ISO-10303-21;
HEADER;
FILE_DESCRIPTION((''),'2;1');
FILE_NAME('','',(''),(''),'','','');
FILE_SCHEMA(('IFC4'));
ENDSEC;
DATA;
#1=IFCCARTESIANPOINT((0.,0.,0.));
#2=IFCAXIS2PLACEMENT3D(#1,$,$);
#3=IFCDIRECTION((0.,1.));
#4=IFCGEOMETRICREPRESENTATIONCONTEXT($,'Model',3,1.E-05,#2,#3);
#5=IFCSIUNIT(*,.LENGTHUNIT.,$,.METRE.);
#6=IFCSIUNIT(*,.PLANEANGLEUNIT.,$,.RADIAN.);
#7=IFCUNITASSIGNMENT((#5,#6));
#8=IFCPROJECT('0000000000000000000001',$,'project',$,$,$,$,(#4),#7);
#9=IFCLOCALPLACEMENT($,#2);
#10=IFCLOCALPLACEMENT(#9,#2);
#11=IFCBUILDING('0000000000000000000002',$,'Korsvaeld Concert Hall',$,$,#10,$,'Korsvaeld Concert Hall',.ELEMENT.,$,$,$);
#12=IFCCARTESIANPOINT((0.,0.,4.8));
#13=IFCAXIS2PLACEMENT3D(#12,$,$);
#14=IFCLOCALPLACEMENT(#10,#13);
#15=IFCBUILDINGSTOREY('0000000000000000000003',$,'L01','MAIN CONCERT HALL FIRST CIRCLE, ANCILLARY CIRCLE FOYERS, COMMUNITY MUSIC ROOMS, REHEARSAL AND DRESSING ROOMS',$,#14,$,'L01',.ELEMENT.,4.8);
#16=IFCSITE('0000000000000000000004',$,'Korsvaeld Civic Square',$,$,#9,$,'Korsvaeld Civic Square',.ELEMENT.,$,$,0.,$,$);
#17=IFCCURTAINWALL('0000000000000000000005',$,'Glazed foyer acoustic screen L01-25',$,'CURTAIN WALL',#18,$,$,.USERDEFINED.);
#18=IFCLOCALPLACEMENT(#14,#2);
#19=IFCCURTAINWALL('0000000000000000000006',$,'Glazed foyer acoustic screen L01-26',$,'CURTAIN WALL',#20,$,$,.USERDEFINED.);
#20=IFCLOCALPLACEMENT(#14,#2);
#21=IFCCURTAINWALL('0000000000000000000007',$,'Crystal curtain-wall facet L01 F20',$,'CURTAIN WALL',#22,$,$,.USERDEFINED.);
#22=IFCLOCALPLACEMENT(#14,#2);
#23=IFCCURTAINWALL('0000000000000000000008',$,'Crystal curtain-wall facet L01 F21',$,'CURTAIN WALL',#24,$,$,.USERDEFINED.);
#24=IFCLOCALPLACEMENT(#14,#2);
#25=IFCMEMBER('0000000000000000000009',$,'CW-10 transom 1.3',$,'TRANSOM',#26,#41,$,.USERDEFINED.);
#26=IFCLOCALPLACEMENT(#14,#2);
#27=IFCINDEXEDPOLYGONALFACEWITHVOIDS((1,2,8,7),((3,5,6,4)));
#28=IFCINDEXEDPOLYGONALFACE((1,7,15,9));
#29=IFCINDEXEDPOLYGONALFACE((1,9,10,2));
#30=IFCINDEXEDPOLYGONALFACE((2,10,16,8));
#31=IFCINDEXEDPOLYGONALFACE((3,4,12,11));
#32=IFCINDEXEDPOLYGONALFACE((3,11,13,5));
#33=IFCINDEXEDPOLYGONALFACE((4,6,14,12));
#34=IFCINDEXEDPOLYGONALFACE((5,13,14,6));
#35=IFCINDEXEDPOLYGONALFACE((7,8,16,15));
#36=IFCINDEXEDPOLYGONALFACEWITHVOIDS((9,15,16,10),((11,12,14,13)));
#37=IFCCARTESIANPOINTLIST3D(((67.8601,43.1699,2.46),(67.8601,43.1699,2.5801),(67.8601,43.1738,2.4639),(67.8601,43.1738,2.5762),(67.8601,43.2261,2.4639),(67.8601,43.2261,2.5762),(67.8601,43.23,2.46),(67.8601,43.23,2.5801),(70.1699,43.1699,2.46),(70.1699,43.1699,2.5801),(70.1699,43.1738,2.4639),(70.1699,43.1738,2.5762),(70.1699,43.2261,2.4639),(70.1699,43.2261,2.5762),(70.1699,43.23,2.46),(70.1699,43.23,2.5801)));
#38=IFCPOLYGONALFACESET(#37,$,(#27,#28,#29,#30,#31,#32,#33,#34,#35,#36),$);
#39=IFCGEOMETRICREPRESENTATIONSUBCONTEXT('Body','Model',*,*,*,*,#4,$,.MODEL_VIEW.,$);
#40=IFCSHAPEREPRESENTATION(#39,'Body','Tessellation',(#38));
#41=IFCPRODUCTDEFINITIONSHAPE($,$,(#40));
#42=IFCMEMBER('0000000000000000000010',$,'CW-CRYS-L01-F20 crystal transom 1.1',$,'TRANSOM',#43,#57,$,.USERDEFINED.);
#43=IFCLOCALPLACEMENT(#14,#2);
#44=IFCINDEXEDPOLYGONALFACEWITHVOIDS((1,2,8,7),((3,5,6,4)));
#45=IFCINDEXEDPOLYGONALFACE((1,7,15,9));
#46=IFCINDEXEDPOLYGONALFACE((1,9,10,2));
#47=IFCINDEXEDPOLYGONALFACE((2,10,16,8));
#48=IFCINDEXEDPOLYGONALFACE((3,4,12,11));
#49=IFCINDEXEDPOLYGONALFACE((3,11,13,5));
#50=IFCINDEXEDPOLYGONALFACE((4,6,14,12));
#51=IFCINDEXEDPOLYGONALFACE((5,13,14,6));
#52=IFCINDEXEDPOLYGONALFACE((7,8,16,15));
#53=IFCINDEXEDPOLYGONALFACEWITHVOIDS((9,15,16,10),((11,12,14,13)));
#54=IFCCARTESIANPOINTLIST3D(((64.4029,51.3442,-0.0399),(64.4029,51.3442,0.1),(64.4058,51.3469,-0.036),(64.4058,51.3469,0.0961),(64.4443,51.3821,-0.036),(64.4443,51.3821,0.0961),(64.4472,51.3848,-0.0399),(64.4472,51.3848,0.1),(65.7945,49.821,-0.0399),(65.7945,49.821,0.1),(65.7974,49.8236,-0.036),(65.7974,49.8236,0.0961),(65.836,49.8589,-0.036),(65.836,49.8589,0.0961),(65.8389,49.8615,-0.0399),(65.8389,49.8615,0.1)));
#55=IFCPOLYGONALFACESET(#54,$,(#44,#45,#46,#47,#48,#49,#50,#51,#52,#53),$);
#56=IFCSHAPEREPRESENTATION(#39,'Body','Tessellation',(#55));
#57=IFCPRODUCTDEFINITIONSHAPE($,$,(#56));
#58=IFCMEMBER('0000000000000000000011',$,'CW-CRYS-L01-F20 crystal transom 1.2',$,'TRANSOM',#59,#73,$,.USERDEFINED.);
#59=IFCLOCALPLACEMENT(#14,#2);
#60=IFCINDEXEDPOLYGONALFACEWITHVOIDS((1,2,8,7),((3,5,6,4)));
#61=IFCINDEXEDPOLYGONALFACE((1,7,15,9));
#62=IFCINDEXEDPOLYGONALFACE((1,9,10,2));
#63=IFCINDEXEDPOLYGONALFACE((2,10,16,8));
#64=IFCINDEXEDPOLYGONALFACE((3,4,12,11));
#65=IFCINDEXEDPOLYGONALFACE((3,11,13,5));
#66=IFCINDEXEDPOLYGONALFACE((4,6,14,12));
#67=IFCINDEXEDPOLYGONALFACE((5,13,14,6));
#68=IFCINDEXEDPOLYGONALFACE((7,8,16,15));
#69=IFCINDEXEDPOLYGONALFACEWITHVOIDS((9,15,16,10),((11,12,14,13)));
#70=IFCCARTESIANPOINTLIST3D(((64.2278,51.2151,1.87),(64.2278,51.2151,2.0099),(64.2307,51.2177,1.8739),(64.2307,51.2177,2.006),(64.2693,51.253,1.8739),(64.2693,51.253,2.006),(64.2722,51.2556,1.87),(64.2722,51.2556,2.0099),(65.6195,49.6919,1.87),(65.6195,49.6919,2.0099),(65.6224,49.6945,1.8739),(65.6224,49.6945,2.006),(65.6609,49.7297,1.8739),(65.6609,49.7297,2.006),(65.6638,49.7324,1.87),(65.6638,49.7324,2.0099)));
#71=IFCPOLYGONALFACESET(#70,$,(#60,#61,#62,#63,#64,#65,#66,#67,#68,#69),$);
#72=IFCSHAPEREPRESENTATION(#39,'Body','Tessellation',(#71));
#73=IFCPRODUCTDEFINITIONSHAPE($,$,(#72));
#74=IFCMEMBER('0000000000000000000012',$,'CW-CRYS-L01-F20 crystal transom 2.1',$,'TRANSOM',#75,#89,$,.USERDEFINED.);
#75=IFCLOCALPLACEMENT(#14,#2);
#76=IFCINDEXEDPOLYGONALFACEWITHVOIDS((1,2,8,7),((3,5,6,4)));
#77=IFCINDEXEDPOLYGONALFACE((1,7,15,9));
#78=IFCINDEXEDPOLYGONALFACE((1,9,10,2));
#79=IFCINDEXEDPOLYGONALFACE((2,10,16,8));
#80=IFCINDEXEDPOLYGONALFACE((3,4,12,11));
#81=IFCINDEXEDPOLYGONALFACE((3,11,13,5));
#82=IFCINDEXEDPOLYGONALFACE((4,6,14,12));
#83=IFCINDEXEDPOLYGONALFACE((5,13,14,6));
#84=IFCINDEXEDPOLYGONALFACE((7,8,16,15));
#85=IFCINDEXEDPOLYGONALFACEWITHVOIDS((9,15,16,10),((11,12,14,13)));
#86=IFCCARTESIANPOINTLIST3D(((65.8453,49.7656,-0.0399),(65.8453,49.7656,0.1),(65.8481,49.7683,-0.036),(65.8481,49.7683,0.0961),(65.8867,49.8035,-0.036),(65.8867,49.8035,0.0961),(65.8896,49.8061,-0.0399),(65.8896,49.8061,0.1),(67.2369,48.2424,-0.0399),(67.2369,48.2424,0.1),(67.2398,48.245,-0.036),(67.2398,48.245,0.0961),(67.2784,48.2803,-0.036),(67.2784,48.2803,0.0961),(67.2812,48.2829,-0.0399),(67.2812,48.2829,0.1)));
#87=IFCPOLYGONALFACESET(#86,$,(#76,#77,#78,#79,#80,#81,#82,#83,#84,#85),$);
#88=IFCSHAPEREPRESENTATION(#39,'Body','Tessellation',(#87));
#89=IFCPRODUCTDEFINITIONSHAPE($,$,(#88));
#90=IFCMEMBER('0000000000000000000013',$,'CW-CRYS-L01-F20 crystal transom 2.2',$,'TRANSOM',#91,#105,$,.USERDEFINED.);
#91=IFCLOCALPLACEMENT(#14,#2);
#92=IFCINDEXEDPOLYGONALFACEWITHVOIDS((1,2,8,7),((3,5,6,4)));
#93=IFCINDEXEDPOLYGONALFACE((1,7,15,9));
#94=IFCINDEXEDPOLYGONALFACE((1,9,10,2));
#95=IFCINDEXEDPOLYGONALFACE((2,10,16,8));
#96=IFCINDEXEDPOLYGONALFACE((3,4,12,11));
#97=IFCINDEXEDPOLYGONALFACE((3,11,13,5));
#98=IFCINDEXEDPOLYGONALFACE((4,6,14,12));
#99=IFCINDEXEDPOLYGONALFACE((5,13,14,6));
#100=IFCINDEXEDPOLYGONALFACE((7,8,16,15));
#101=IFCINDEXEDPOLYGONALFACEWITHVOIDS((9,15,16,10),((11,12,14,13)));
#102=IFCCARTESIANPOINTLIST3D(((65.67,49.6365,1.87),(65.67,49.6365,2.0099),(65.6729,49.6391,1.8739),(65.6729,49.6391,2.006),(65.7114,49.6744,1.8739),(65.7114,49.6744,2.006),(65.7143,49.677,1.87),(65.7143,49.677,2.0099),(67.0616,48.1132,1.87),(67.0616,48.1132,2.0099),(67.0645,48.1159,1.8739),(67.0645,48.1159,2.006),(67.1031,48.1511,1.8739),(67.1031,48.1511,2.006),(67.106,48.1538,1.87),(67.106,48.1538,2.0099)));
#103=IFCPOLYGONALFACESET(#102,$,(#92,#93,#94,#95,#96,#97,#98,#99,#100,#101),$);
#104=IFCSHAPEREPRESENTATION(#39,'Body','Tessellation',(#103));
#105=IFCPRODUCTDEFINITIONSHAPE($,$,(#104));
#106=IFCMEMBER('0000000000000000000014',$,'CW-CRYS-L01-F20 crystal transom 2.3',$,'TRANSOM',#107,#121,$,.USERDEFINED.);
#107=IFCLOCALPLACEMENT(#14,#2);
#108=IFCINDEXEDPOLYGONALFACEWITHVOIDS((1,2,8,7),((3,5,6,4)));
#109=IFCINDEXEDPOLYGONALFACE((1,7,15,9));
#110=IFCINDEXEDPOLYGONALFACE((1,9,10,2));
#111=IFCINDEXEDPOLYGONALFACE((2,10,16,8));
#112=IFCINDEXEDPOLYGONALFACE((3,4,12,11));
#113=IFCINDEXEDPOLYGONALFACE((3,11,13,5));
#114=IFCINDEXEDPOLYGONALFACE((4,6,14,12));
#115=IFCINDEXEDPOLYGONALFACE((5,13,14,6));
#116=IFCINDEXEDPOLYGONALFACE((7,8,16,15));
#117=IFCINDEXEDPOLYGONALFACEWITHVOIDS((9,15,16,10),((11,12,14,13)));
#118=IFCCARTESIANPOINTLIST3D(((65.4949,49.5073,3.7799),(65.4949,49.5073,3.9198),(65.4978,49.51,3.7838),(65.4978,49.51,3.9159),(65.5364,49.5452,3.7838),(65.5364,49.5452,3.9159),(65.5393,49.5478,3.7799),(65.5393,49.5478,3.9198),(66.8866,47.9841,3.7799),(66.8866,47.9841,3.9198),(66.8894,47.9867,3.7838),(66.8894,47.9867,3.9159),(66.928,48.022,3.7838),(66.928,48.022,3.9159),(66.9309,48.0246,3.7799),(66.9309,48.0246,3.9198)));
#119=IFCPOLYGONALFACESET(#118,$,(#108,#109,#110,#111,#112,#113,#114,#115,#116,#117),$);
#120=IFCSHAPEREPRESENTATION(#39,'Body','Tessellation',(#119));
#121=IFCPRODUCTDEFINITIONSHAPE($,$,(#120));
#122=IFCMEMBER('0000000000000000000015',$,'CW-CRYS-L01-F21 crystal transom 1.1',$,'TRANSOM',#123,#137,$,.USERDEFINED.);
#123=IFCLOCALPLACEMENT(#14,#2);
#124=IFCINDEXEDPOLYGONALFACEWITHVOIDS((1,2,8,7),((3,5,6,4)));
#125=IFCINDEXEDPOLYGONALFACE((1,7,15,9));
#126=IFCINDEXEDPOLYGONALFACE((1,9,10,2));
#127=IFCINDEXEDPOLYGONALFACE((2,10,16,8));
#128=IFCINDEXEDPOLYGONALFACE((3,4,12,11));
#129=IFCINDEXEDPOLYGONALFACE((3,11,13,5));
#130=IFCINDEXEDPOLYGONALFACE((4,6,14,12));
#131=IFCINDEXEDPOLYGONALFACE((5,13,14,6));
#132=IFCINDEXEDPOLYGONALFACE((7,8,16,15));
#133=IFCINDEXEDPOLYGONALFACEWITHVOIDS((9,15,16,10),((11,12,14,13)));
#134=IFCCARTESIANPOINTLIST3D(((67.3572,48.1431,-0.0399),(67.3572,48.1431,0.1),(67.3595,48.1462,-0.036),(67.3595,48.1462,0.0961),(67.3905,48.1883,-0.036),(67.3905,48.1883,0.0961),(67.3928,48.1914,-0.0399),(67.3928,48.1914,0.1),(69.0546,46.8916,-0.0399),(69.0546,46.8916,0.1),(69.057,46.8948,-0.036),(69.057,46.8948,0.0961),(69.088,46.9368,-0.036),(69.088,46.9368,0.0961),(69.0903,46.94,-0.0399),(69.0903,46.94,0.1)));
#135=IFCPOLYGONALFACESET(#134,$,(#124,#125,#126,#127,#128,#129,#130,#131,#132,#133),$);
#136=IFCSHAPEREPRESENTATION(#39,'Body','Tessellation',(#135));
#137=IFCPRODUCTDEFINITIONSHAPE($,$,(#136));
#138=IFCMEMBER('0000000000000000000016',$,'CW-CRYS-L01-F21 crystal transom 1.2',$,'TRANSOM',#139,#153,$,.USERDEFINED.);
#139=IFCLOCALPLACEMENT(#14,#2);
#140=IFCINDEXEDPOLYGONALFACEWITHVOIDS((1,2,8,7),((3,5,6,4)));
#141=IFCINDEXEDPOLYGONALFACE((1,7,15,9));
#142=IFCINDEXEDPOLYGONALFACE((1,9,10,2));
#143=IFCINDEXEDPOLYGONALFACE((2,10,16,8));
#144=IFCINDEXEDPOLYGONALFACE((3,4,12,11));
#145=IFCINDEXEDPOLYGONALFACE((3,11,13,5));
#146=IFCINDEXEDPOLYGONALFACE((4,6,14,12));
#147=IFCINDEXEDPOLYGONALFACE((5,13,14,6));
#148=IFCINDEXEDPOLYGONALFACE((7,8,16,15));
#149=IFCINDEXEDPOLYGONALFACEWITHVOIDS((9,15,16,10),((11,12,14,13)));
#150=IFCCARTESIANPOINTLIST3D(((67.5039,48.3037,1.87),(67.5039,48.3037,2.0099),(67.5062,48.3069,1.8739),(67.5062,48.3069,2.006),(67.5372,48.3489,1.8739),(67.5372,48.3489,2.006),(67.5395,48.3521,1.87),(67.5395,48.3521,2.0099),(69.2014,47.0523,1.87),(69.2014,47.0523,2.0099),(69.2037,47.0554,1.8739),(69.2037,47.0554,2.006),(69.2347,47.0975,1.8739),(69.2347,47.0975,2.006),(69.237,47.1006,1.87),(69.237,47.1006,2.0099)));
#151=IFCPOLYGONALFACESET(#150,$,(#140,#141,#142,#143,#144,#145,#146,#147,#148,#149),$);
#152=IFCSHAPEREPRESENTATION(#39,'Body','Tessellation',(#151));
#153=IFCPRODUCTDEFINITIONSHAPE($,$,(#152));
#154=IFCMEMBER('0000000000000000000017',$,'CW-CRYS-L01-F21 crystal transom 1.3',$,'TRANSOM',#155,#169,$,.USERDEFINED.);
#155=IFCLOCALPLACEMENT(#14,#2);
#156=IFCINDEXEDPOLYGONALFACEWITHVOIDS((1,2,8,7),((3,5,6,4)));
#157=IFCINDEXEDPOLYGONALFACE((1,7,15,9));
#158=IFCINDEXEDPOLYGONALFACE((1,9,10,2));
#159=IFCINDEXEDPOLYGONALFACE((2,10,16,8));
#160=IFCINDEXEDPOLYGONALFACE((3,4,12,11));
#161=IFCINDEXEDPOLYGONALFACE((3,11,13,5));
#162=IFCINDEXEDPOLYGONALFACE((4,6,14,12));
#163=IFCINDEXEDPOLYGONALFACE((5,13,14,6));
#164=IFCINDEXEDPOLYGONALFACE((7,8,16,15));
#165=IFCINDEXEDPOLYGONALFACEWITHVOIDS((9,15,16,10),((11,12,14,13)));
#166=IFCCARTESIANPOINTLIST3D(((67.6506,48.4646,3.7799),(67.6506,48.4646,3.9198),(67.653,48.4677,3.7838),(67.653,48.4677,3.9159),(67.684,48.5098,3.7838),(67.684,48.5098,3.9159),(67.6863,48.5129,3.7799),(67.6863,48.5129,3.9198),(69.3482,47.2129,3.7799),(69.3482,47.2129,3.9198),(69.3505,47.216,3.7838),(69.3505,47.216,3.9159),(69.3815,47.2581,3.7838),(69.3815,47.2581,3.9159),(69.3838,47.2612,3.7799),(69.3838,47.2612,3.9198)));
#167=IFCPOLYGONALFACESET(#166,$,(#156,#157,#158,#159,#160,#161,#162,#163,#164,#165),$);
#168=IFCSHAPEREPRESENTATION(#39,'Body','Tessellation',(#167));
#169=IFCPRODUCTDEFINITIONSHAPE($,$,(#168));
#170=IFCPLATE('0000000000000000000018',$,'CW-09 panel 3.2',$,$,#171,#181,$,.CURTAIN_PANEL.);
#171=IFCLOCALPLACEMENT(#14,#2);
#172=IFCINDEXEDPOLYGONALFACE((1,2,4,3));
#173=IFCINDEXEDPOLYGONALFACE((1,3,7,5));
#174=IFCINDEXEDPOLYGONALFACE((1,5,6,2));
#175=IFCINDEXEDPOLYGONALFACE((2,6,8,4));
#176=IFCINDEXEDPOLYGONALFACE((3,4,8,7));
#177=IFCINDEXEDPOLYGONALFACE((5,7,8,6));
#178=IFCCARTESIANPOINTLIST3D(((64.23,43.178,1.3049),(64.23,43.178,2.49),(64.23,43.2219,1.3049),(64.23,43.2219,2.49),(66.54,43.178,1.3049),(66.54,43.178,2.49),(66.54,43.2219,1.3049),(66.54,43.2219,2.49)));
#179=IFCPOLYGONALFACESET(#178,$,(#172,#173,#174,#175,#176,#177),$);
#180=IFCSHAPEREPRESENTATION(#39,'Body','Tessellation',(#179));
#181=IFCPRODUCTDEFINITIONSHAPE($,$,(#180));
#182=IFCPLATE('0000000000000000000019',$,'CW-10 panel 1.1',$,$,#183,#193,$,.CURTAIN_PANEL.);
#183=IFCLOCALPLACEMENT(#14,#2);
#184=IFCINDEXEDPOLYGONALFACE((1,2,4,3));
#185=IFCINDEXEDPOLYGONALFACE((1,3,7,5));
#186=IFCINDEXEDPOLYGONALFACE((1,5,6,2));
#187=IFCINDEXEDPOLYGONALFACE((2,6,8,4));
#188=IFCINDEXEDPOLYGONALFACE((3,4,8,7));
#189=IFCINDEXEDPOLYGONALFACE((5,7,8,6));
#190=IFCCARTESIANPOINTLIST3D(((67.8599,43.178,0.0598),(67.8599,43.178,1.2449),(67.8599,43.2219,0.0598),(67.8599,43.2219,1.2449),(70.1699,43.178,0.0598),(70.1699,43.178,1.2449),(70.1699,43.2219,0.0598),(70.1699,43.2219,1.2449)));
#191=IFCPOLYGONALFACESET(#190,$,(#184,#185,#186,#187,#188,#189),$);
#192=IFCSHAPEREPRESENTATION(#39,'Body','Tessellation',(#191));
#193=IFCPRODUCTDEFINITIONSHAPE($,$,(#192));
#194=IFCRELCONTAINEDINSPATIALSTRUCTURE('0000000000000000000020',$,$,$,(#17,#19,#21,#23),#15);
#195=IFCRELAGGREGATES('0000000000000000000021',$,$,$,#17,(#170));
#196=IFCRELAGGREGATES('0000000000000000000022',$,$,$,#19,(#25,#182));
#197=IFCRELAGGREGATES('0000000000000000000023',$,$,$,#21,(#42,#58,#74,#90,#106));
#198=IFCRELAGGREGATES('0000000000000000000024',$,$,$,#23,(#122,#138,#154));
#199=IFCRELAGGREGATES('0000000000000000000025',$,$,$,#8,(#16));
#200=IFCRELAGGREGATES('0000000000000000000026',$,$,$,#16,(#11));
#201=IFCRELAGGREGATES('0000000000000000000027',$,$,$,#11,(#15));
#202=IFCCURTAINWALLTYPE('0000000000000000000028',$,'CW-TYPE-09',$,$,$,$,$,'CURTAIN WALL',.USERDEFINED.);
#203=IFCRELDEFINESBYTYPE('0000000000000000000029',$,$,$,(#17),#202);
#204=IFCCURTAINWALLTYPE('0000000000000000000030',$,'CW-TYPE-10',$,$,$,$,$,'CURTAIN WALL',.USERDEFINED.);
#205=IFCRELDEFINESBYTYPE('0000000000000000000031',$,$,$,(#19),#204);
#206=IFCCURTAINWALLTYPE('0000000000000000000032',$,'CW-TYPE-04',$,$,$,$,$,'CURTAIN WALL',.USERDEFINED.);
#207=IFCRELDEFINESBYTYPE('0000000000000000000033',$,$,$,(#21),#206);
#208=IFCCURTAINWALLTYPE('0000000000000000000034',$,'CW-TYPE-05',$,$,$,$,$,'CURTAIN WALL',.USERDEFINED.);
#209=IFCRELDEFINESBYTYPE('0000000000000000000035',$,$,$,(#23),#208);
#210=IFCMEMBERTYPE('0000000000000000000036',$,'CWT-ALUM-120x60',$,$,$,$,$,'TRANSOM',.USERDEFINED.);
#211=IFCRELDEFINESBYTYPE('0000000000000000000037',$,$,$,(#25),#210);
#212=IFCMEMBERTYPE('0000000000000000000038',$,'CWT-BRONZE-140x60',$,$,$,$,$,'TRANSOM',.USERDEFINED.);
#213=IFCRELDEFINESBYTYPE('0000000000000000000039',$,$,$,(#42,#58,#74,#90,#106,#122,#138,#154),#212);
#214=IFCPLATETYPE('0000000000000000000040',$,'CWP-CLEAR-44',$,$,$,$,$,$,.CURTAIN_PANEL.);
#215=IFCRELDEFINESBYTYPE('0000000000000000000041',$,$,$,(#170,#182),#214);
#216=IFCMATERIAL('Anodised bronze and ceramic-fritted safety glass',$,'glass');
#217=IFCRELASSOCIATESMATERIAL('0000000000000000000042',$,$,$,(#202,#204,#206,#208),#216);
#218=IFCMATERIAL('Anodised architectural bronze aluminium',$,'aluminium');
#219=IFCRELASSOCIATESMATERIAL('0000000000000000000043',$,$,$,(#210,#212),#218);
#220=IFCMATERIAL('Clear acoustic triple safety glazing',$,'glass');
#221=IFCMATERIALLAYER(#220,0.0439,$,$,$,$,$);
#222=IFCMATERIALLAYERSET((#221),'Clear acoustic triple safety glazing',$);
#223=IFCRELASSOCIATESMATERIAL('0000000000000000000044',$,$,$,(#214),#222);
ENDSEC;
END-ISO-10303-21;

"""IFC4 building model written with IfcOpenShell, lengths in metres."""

from ifc_helpers import new_model, si_unit, direction, frame, origin, origin_2d, place, context, subcontext, project, spatial, rectangle, hollow_rectangle, extrude, material, layer, layer_set, material_profile, profile_set, type_object, element, aggregate, save


model = new_model("IFC4")

# Units and contexts
model_context = context("Model", 3, precision=1e-05, world=origin(), true_north=direction((0.0, 1.0)))
body_context = subcontext(model_context, "Body", "Model", "MODEL_VIEW")
ifc_project = project(units=[si_unit("LENGTHUNIT", "METRE"), si_unit("PLANEANGLEUNIT", "RADIAN")], contexts=[model_context])

# Site, building, storey
site_placement = place(None, origin())
site = spatial("IfcSite", under=ifc_project, at=site_placement, Name="Korsvaeld Civic Square", LongName="Korsvaeld Civic Square", CompositionType="ELEMENT", RefElevation=0.0)
building_placement = place(site_placement, origin())
building = spatial("IfcBuilding", under=site, at=building_placement, Name="Korsvaeld Concert Hall", LongName="Korsvaeld Concert Hall", CompositionType="ELEMENT")
storey_placement = place(building_placement, frame((0.0, 0.0, 4.8)))
storey = spatial("IfcBuildingStorey", under=building, at=storey_placement, Name="L01", Description="MAIN CONCERT HALL FIRST CIRCLE, ANCILLARY CIRCLE FOYERS, COMMUNITY MUSIC ROOMS, REHEARSAL AND DRESSING ROOMS", LongName="L01", CompositionType="ELEMENT", Elevation=4.8)

# Curtain walls
ifc_material_1 = material(Name="Anodised bronze and ceramic-fritted safety glass", Category="glass")
curtain_wall_type_1 = type_object("IfcCurtainWallType", Name="CW-TYPE-09", ElementType="CURTAIN WALL", PredefinedType="USERDEFINED", material=ifc_material_1)
curtain_wall_1_placement = place(storey_placement, origin())
curtain_wall_1 = element("IfcCurtainWall", 1, at=curtain_wall_1_placement, inside=storey, type_object=curtain_wall_type_1, Name="Glazed foyer acoustic screen L01-25", ObjectType="CURTAIN WALL", PredefinedType="USERDEFINED")
ifc_material_2 = material(Name="Anodised architectural bronze aluminium", Category="aluminium")
curtain_wall_type_2 = type_object("IfcCurtainWallType", Name="CW-TYPE-10", ElementType="CURTAIN WALL", PredefinedType="USERDEFINED", material=ifc_material_1)
curtain_wall_2_placement = place(storey_placement, origin())
curtain_wall_2 = element("IfcCurtainWall", 2, at=curtain_wall_2_placement, inside=storey, type_object=curtain_wall_type_2, Name="Glazed foyer acoustic screen L01-26", ObjectType="CURTAIN WALL", PredefinedType="USERDEFINED")

# Curtain wall
curtain_wall_type_3 = type_object("IfcCurtainWallType", Name="CW-TYPE-04", ElementType="CURTAIN WALL", PredefinedType="USERDEFINED", material=ifc_material_1)
curtain_wall_3_placement = place(storey_placement, origin())
curtain_wall_3 = element("IfcCurtainWall", 3, at=curtain_wall_3_placement, inside=storey, type_object=curtain_wall_type_3, Name="Crystal curtain-wall facet L01 F20", ObjectType="CURTAIN WALL", PredefinedType="USERDEFINED")

# Curtain wall
curtain_wall_type_4 = type_object("IfcCurtainWallType", Name="CW-TYPE-05", ElementType="CURTAIN WALL", PredefinedType="USERDEFINED", material=ifc_material_1)
curtain_wall_4_placement = place(storey_placement, origin())
curtain_wall_4 = element("IfcCurtainWall", 4, at=curtain_wall_4_placement, inside=storey, type_object=curtain_wall_type_4, Name="Crystal curtain-wall facet L01 F21", ObjectType="CURTAIN WALL", PredefinedType="USERDEFINED")

# Members
ifc_material_profile_1 = material_profile(ifc_material_2, hollow_rectangle(XDim=0.0601, YDim=0.1201, WallThickness=0.0039, at=origin_2d()), Name="CWT 120x60x4")
ifc_profile_set_1 = profile_set([ifc_material_profile_1], Name="Anodised architectural bronze aluminium")
member_type_1 = type_object("IfcMemberType", Name="CWT-ALUM-120x60", ElementType="TRANSOM", PredefinedType="USERDEFINED", material=ifc_profile_set_1)
member_1_placement = place(storey_placement, frame((67.8601, 43.2, 2.52), z_axis=(1.0, 0.0, 0.0), x_axis=(0.0, 1.0, 0.0)))
member_1 = element("IfcMember", 5, at=member_1_placement, type_object=member_type_1, Name="CW-10 transom 1.3", ObjectType="TRANSOM", PredefinedType="USERDEFINED", context=body_context, shape_type="SweptSolid", body=[
    extrude(hollow_rectangle(XDim=0.0601, YDim=0.1201, WallThickness=0.0039, at=origin_2d()), origin(), (0.0, 0.0, 1.0), 2.3098),
])
ifc_material_profile_2 = material_profile(ifc_material_2, hollow_rectangle(XDim=0.0601, YDim=0.1399, WallThickness=0.0039, at=origin_2d()), Name="CWT 140x60x4")
ifc_profile_set_2 = profile_set([ifc_material_profile_2], Name="Anodised architectural bronze aluminium")
member_type_2 = type_object("IfcMemberType", Name="CWT-BRONZE-140x60", ElementType="TRANSOM", PredefinedType="USERDEFINED", material=ifc_profile_set_2)
member_2_placement = place(storey_placement, frame((64.425, 51.3645, 0.03), z_axis=(0.674497, -0.738278, 0.0), x_axis=(0.738278, 0.674497, 0.0)))
member_2 = element("IfcMember", 6, at=member_2_placement, type_object=member_type_2, Name="CW-CRYS-L01-F20 crystal transom 1.1", ObjectType="TRANSOM", PredefinedType="USERDEFINED", context=body_context, shape_type="SweptSolid", body=[
    extrude(hollow_rectangle(XDim=0.0601, YDim=0.1399, WallThickness=0.0039, at=origin_2d()), origin(), (0.0, 0.0, 1.0), 2.0632),
])
member_3_placement = place(storey_placement, frame((64.25, 51.2354, 1.9399), z_axis=(0.674497, -0.738278, 0.0), x_axis=(0.738278, 0.674497, 0.0)))
member_3 = element("IfcMember", 7, at=member_3_placement, type_object=member_type_2, Name="CW-CRYS-L01-F20 crystal transom 1.2", ObjectType="TRANSOM", PredefinedType="USERDEFINED", context=body_context, shape_type="SweptSolid", body=[
    extrude(hollow_rectangle(XDim=0.0601, YDim=0.1399, WallThickness=0.0039, at=origin_2d()), origin(), (0.0, 0.0, 1.0), 2.0632),
])
member_4_placement = place(storey_placement, frame((65.8674, 49.7859, 0.03), z_axis=(0.674497, -0.738278, 0.0), x_axis=(0.738278, 0.674497, 0.0)))
member_4 = element("IfcMember", 8, at=member_4_placement, type_object=member_type_2, Name="CW-CRYS-L01-F20 crystal transom 2.1", ObjectType="TRANSOM", PredefinedType="USERDEFINED", context=body_context, shape_type="SweptSolid", body=[
    extrude(hollow_rectangle(XDim=0.0601, YDim=0.1399, WallThickness=0.0039, at=origin_2d()), origin(), (0.0, 0.0, 1.0), 2.0632),
])
member_5_placement = place(storey_placement, frame((65.6921, 49.6567, 1.9399), z_axis=(0.674497, -0.738278, 0.0), x_axis=(0.738278, 0.674497, 0.0)))
member_5 = element("IfcMember", 9, at=member_5_placement, type_object=member_type_2, Name="CW-CRYS-L01-F20 crystal transom 2.2", ObjectType="TRANSOM", PredefinedType="USERDEFINED", context=body_context, shape_type="SweptSolid", body=[
    extrude(hollow_rectangle(XDim=0.0601, YDim=0.1399, WallThickness=0.0039, at=origin_2d()), origin(), (0.0, 0.0, 1.0), 2.0632),
])
member_6_placement = place(storey_placement, frame((65.5171, 49.5276, 3.8499), z_axis=(0.674497, -0.738278, 0.0), x_axis=(0.738278, 0.674497, 0.0)))
member_6 = element("IfcMember", 10, at=member_6_placement, type_object=member_type_2, Name="CW-CRYS-L01-F20 crystal transom 2.3", ObjectType="TRANSOM", PredefinedType="USERDEFINED", context=body_context, shape_type="SweptSolid", body=[
    extrude(hollow_rectangle(XDim=0.0601, YDim=0.1399, WallThickness=0.0039, at=origin_2d()), origin(), (0.0, 0.0, 1.0), 2.0632),
])
member_7_placement = place(storey_placement, frame((67.375, 48.1672, 0.03), z_axis=(0.804905, -0.593404, 0.0), x_axis=(0.593404, 0.804905, 0.0)))
member_7 = element("IfcMember", 11, at=member_7_placement, type_object=member_type_2, Name="CW-CRYS-L01-F21 crystal transom 1.1", ObjectType="TRANSOM", PredefinedType="USERDEFINED", context=body_context, shape_type="SweptSolid", body=[
    extrude(hollow_rectangle(XDim=0.0601, YDim=0.1399, WallThickness=0.0039, at=origin_2d()), origin(), (0.0, 0.0, 1.0), 2.1089),
])
member_8_placement = place(storey_placement, frame((67.5217, 48.3279, 1.9399), z_axis=(0.804905, -0.593404, 0.0), x_axis=(0.593404, 0.804905, 0.0)))
member_8 = element("IfcMember", 12, at=member_8_placement, type_object=member_type_2, Name="CW-CRYS-L01-F21 crystal transom 1.2", ObjectType="TRANSOM", PredefinedType="USERDEFINED", context=body_context, shape_type="SweptSolid", body=[
    extrude(hollow_rectangle(XDim=0.0601, YDim=0.1399, WallThickness=0.0039, at=origin_2d()), origin(), (0.0, 0.0, 1.0), 2.1089),
])
member_9_placement = place(storey_placement, frame((67.6685, 48.4888, 3.8499), z_axis=(0.804849, -0.593479, 0.0), x_axis=(0.593479, 0.804849, 0.0)))
member_9 = element("IfcMember", 13, at=member_9_placement, type_object=member_type_2, Name="CW-CRYS-L01-F21 crystal transom 1.3", ObjectType="TRANSOM", PredefinedType="USERDEFINED", context=body_context, shape_type="SweptSolid", body=[
    extrude(hollow_rectangle(XDim=0.0601, YDim=0.1399, WallThickness=0.0039, at=origin_2d()), origin(), (0.0, 0.0, 1.0), 2.1091),
])

# Plates
ifc_material_3 = material(Name="Clear acoustic triple safety glazing", Category="glass")
ifc_layer_1 = layer(ifc_material_3, 0.0439)
ifc_layer_set_1 = layer_set([ifc_layer_1], Name="Clear acoustic triple safety glazing")
plate_type_1 = type_object("IfcPlateType", Name="CWP-CLEAR-44", PredefinedType="CURTAIN_PANEL", material=ifc_layer_set_1)
plate_1_placement = place(storey_placement, frame((65.385, 43.2, 1.3049), z_axis=(0.0, 0.0, 1.0), x_axis=(1.0, 0.0, 0.0)))
plate_1 = element("IfcPlate", 14, at=plate_1_placement, type_object=plate_type_1, Name="CW-09 panel 3.2", PredefinedType="CURTAIN_PANEL", context=body_context, shape_type="SweptSolid", body=[
    extrude(rectangle(XDim=2.3101, YDim=0.0439, at=origin_2d()), origin(), (0.0, 0.0, 1.0), 1.1851),
])
aggregate(curtain_wall_1, [plate_1])
plate_2_placement = place(storey_placement, frame((69.0149, 43.2, 0.0598), z_axis=(0.0, 0.0, 1.0), x_axis=(1.0, 0.0, 0.0)))
plate_2 = element("IfcPlate", 15, at=plate_2_placement, type_object=plate_type_1, Name="CW-10 panel 1.1", PredefinedType="CURTAIN_PANEL", context=body_context, shape_type="SweptSolid", body=[
    extrude(rectangle(XDim=2.3101, YDim=0.0439, at=origin_2d()), origin(), (0.0, 0.0, 1.0), 1.1851),
])
aggregate(curtain_wall_2, [member_1, plate_2])
aggregate(curtain_wall_3, [member_2, member_3, member_4, member_5, member_6])
aggregate(curtain_wall_4, [member_7, member_8, member_9])

save(model, "model.ifc")
